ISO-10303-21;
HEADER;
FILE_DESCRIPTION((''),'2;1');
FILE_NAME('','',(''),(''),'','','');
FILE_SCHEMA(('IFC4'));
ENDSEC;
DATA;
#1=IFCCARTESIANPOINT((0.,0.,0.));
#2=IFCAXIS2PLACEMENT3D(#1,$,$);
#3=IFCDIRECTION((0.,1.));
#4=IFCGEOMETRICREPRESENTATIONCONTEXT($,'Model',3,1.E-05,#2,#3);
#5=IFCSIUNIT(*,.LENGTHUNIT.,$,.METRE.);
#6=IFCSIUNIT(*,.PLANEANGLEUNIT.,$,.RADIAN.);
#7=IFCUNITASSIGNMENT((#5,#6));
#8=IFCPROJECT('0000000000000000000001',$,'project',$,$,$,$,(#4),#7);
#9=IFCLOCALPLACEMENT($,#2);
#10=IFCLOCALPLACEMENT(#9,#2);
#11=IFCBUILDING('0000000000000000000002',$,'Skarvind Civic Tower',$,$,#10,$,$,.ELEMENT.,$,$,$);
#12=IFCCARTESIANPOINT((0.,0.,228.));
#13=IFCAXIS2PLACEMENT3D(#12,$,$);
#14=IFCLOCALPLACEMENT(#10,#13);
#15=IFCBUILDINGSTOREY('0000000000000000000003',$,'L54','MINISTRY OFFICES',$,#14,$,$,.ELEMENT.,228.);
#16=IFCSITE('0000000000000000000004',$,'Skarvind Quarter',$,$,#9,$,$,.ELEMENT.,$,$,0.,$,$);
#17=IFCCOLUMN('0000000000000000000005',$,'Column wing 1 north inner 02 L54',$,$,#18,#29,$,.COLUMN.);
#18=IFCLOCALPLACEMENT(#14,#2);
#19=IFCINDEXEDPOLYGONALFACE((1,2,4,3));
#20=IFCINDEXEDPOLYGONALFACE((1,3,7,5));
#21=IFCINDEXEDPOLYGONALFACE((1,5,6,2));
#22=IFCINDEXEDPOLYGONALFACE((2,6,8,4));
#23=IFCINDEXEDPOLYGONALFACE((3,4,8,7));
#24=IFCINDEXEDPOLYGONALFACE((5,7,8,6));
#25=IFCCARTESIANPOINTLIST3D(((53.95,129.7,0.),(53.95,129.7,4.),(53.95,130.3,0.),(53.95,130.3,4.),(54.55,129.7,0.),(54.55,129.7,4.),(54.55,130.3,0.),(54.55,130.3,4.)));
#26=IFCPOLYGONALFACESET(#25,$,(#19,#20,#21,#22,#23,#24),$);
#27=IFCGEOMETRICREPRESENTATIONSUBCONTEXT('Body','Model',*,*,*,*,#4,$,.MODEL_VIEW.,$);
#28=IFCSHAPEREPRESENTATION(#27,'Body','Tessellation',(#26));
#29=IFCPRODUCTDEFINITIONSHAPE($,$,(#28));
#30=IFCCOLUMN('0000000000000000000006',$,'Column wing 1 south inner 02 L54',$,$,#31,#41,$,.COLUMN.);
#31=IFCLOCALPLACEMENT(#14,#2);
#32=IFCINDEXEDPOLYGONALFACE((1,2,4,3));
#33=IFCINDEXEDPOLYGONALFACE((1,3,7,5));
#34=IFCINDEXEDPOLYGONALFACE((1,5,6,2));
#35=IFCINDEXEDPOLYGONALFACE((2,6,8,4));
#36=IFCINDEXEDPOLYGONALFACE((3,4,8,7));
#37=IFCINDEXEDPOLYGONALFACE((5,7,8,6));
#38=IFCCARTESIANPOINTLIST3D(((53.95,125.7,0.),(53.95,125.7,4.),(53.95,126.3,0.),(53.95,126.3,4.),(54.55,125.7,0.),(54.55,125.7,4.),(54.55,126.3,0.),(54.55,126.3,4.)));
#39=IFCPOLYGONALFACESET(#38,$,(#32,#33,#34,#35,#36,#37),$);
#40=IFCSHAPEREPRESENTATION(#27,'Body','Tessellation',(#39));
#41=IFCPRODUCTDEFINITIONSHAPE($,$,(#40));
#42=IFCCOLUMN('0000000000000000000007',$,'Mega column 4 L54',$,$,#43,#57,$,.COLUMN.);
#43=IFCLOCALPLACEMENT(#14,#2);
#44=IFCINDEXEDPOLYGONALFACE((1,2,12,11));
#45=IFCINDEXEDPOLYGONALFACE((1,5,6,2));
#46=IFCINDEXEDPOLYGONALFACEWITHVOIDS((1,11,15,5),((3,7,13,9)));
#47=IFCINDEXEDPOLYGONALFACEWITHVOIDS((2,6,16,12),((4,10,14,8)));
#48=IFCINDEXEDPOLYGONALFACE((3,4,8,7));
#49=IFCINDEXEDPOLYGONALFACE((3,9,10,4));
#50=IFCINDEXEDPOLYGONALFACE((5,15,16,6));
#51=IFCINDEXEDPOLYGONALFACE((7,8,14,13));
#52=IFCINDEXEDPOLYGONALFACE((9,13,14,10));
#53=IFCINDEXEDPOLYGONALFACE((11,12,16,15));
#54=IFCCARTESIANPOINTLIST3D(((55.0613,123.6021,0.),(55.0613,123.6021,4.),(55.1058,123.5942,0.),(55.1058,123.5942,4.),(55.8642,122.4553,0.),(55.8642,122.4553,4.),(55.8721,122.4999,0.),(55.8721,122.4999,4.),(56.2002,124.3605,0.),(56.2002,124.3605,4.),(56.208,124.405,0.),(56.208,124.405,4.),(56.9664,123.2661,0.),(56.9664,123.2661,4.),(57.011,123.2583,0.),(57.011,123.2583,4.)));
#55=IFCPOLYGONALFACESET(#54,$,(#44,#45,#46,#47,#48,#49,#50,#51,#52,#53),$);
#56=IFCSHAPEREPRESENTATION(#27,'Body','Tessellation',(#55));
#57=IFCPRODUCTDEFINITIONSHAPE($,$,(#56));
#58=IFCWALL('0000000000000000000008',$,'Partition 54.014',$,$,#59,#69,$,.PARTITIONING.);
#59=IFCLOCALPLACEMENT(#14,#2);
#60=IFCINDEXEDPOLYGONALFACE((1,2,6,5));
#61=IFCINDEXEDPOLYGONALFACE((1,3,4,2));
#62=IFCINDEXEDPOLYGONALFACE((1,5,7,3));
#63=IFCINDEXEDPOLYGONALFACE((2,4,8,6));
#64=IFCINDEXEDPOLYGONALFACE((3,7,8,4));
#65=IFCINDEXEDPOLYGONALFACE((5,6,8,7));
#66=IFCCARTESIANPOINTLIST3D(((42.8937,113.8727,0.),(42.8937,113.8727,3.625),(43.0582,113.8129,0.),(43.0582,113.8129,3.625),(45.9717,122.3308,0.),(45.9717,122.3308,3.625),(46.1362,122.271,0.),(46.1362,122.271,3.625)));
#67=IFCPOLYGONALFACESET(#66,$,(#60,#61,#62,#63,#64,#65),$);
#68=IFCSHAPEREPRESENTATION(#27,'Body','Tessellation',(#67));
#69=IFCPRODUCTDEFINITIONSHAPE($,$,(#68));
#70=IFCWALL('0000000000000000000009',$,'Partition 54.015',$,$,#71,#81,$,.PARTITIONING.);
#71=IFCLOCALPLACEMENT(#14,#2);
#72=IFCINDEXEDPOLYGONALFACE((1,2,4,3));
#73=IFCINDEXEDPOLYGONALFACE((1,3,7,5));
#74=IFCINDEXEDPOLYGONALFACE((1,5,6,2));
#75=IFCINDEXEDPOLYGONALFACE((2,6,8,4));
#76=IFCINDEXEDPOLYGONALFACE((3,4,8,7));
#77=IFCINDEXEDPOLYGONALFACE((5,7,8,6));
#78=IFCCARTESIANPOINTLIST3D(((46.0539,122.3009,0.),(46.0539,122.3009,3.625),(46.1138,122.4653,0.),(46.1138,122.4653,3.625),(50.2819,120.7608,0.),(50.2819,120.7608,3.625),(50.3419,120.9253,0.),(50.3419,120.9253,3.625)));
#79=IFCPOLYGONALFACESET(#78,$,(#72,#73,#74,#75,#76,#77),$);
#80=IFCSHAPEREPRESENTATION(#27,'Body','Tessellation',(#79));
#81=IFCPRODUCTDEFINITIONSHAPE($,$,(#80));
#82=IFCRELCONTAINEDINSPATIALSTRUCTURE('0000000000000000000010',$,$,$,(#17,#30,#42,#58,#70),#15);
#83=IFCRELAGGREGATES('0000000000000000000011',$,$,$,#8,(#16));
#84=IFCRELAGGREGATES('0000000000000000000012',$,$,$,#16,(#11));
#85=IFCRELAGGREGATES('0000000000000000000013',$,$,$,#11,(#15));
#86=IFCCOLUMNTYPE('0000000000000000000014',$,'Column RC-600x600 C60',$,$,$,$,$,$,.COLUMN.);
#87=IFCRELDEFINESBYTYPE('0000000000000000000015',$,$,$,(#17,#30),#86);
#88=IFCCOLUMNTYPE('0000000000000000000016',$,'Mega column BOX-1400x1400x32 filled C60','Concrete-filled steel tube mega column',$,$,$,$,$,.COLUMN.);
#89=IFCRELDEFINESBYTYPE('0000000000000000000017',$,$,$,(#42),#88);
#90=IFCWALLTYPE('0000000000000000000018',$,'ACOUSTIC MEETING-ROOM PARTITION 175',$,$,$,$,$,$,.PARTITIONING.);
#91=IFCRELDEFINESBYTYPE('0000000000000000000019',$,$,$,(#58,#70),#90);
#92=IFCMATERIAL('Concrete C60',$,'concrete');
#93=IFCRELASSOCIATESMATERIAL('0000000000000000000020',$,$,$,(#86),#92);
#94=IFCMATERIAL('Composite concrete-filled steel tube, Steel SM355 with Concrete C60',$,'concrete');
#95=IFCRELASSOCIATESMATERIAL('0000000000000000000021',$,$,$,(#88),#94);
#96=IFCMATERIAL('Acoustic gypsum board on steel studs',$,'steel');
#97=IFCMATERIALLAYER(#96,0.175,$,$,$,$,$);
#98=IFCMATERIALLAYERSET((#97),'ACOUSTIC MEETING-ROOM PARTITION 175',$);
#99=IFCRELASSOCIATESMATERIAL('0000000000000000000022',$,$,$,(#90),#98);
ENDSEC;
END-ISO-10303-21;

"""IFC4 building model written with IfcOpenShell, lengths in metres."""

from ifc_helpers import new_model, si_unit, direction, frame, frame_2d, origin, origin_2d, place, context, subcontext, project, spatial, rectangle, hollow_rectangle, extrude, material, layer, layer_set, material_profile, profile_set, type_object, element, save


model = new_model("IFC4")

# Units and contexts
model_context = context("Model", 3, precision=1e-05, world=origin(), true_north=direction((0.0, 1.0)))
body_context = subcontext(model_context, "Body", "Model", "MODEL_VIEW")
ifc_project = project(units=[si_unit("LENGTHUNIT", "METRE"), si_unit("PLANEANGLEUNIT", "RADIAN")], contexts=[model_context])

# Site, building, storey
site_placement = place(None, origin())
site = spatial("IfcSite", under=ifc_project, at=site_placement, Name="Skarvind Quarter", CompositionType="ELEMENT", RefElevation=0.0)
building_placement = place(site_placement, origin())
building = spatial("IfcBuilding", under=site, at=building_placement, Name="Skarvind Civic Tower", CompositionType="ELEMENT")
storey_placement = place(building_placement, frame((0.0, 0.0, 228.0)))
storey = spatial("IfcBuildingStorey", under=building, at=storey_placement, Name="L54", Description="MINISTRY OFFICES", CompositionType="ELEMENT", Elevation=228.0)

# Columns
ifc_material_1 = material(Name="Concrete C60", Category="concrete")
ifc_material_profile_1 = material_profile(ifc_material_1, rectangle(XDim=0.6001, YDim=0.6001, at=origin_2d()), Name="RC-600x600")
ifc_profile_set_1 = profile_set([ifc_material_profile_1], Name="Concrete C60")
column_type_1 = type_object("IfcColumnType", Name="Column RC-600x600 C60", PredefinedType="COLUMN", material=ifc_profile_set_1)
for number, where, z_axis, x_axis, name in (
    (1, (54.25, 130.0, 0.0), (0.0, 0.0, 1.0), (1.0, 0.0, 0.0), "Column wing 1 north inner 02 L54"),
    (2, (54.25, 126.0, 0.0), (0.0, 0.0, 1.0), (1.0, 0.0, 0.0), "Column wing 1 south inner 02 L54"),
):
    element("IfcColumn", number, at=place(storey_placement, frame(where, z_axis=z_axis, x_axis=x_axis)), inside=storey, type_object=column_type_1, Name=name, PredefinedType="COLUMN", context=body_context, shape_type="SweptSolid", body=[
        extrude(rectangle(XDim=0.6001, YDim=0.6001, at=origin_2d()), origin(), (0.0, 0.0, 1.0), 4.0),
    ])
ifc_material_2 = material(Name="Composite concrete-filled steel tube, Steel SM355 with Concrete C60", Category="concrete")
ifc_material_profile_2 = material_profile(ifc_material_2, hollow_rectangle(XDim=1.3999, YDim=1.3999, WallThickness=0.032, at=origin_2d()), Name="BOX-1400x1400x32")
ifc_profile_set_2 = profile_set([ifc_material_profile_2], Name="Composite concrete-filled steel tube, Steel SM355 with Concrete C60")
column_type_2 = type_object("IfcColumnType", Name="Mega column BOX-1400x1400x32 filled C60", Description="Concrete-filled steel tube mega column", PredefinedType="COLUMN", material=ifc_profile_set_2)
column_placement = place(storey_placement, frame((56.0361, 123.4302, 0.0), z_axis=(0.0, 0.0, 1.0), x_axis=(0.573576, -0.819152, 0.0)))
element("IfcColumn", 3, at=column_placement, inside=storey, type_object=column_type_2, Name="Mega column 4 L54", PredefinedType="COLUMN", context=body_context, shape_type="SweptSolid", body=[
    extrude(hollow_rectangle(XDim=1.3999, YDim=1.3999, WallThickness=0.032, at=origin_2d()), origin(), (0.0, 0.0, 1.0), 4.0),
])

# Walls
ifc_material_3 = material(Name="Acoustic gypsum board on steel studs", Category="steel")
ifc_layer_1 = layer(ifc_material_3, 0.175)
ifc_layer_set_1 = layer_set([ifc_layer_1], Name="ACOUSTIC MEETING-ROOM PARTITION 175")
wall_type_1 = type_object("IfcWallType", Name="ACOUSTIC MEETING-ROOM PARTITION 175", PredefinedType="PARTITIONING", material=ifc_layer_set_1)
wall_1_placement = place(storey_placement, frame((46.054, 122.301, 0.0), z_axis=(0.0, 0.0, 1.0), x_axis=(-0.341963, -0.939713, 0.0)))
element("IfcWall", 4, at=wall_1_placement, inside=storey, type_object=wall_type_1, Name="Partition 54.014", PredefinedType="PARTITIONING", context=body_context, shape_type="SweptSolid", body=[
    extrude(rectangle(XDim=9.0007, YDim=0.175, at=frame_2d((4.5005, 0.0))), origin(), (0.0, 0.0, 1.0), 3.625),
])
wall_2_placement = place(storey_placement, frame((50.312, 120.843, 0.0), z_axis=(0.0, 0.0, 1.0), x_axis=(-0.93961, 0.342248, 0.0)))
element("IfcWall", 5, at=wall_2_placement, inside=storey, type_object=wall_type_1, Name="Partition 54.015", PredefinedType="PARTITIONING", context=body_context, shape_type="SweptSolid", body=[
    extrude(rectangle(XDim=4.4998, YDim=0.175, at=frame_2d((2.25, 0.0))), origin(), (0.0, 0.0, 1.0), 3.625),
])

save(model, "model.ifc")
